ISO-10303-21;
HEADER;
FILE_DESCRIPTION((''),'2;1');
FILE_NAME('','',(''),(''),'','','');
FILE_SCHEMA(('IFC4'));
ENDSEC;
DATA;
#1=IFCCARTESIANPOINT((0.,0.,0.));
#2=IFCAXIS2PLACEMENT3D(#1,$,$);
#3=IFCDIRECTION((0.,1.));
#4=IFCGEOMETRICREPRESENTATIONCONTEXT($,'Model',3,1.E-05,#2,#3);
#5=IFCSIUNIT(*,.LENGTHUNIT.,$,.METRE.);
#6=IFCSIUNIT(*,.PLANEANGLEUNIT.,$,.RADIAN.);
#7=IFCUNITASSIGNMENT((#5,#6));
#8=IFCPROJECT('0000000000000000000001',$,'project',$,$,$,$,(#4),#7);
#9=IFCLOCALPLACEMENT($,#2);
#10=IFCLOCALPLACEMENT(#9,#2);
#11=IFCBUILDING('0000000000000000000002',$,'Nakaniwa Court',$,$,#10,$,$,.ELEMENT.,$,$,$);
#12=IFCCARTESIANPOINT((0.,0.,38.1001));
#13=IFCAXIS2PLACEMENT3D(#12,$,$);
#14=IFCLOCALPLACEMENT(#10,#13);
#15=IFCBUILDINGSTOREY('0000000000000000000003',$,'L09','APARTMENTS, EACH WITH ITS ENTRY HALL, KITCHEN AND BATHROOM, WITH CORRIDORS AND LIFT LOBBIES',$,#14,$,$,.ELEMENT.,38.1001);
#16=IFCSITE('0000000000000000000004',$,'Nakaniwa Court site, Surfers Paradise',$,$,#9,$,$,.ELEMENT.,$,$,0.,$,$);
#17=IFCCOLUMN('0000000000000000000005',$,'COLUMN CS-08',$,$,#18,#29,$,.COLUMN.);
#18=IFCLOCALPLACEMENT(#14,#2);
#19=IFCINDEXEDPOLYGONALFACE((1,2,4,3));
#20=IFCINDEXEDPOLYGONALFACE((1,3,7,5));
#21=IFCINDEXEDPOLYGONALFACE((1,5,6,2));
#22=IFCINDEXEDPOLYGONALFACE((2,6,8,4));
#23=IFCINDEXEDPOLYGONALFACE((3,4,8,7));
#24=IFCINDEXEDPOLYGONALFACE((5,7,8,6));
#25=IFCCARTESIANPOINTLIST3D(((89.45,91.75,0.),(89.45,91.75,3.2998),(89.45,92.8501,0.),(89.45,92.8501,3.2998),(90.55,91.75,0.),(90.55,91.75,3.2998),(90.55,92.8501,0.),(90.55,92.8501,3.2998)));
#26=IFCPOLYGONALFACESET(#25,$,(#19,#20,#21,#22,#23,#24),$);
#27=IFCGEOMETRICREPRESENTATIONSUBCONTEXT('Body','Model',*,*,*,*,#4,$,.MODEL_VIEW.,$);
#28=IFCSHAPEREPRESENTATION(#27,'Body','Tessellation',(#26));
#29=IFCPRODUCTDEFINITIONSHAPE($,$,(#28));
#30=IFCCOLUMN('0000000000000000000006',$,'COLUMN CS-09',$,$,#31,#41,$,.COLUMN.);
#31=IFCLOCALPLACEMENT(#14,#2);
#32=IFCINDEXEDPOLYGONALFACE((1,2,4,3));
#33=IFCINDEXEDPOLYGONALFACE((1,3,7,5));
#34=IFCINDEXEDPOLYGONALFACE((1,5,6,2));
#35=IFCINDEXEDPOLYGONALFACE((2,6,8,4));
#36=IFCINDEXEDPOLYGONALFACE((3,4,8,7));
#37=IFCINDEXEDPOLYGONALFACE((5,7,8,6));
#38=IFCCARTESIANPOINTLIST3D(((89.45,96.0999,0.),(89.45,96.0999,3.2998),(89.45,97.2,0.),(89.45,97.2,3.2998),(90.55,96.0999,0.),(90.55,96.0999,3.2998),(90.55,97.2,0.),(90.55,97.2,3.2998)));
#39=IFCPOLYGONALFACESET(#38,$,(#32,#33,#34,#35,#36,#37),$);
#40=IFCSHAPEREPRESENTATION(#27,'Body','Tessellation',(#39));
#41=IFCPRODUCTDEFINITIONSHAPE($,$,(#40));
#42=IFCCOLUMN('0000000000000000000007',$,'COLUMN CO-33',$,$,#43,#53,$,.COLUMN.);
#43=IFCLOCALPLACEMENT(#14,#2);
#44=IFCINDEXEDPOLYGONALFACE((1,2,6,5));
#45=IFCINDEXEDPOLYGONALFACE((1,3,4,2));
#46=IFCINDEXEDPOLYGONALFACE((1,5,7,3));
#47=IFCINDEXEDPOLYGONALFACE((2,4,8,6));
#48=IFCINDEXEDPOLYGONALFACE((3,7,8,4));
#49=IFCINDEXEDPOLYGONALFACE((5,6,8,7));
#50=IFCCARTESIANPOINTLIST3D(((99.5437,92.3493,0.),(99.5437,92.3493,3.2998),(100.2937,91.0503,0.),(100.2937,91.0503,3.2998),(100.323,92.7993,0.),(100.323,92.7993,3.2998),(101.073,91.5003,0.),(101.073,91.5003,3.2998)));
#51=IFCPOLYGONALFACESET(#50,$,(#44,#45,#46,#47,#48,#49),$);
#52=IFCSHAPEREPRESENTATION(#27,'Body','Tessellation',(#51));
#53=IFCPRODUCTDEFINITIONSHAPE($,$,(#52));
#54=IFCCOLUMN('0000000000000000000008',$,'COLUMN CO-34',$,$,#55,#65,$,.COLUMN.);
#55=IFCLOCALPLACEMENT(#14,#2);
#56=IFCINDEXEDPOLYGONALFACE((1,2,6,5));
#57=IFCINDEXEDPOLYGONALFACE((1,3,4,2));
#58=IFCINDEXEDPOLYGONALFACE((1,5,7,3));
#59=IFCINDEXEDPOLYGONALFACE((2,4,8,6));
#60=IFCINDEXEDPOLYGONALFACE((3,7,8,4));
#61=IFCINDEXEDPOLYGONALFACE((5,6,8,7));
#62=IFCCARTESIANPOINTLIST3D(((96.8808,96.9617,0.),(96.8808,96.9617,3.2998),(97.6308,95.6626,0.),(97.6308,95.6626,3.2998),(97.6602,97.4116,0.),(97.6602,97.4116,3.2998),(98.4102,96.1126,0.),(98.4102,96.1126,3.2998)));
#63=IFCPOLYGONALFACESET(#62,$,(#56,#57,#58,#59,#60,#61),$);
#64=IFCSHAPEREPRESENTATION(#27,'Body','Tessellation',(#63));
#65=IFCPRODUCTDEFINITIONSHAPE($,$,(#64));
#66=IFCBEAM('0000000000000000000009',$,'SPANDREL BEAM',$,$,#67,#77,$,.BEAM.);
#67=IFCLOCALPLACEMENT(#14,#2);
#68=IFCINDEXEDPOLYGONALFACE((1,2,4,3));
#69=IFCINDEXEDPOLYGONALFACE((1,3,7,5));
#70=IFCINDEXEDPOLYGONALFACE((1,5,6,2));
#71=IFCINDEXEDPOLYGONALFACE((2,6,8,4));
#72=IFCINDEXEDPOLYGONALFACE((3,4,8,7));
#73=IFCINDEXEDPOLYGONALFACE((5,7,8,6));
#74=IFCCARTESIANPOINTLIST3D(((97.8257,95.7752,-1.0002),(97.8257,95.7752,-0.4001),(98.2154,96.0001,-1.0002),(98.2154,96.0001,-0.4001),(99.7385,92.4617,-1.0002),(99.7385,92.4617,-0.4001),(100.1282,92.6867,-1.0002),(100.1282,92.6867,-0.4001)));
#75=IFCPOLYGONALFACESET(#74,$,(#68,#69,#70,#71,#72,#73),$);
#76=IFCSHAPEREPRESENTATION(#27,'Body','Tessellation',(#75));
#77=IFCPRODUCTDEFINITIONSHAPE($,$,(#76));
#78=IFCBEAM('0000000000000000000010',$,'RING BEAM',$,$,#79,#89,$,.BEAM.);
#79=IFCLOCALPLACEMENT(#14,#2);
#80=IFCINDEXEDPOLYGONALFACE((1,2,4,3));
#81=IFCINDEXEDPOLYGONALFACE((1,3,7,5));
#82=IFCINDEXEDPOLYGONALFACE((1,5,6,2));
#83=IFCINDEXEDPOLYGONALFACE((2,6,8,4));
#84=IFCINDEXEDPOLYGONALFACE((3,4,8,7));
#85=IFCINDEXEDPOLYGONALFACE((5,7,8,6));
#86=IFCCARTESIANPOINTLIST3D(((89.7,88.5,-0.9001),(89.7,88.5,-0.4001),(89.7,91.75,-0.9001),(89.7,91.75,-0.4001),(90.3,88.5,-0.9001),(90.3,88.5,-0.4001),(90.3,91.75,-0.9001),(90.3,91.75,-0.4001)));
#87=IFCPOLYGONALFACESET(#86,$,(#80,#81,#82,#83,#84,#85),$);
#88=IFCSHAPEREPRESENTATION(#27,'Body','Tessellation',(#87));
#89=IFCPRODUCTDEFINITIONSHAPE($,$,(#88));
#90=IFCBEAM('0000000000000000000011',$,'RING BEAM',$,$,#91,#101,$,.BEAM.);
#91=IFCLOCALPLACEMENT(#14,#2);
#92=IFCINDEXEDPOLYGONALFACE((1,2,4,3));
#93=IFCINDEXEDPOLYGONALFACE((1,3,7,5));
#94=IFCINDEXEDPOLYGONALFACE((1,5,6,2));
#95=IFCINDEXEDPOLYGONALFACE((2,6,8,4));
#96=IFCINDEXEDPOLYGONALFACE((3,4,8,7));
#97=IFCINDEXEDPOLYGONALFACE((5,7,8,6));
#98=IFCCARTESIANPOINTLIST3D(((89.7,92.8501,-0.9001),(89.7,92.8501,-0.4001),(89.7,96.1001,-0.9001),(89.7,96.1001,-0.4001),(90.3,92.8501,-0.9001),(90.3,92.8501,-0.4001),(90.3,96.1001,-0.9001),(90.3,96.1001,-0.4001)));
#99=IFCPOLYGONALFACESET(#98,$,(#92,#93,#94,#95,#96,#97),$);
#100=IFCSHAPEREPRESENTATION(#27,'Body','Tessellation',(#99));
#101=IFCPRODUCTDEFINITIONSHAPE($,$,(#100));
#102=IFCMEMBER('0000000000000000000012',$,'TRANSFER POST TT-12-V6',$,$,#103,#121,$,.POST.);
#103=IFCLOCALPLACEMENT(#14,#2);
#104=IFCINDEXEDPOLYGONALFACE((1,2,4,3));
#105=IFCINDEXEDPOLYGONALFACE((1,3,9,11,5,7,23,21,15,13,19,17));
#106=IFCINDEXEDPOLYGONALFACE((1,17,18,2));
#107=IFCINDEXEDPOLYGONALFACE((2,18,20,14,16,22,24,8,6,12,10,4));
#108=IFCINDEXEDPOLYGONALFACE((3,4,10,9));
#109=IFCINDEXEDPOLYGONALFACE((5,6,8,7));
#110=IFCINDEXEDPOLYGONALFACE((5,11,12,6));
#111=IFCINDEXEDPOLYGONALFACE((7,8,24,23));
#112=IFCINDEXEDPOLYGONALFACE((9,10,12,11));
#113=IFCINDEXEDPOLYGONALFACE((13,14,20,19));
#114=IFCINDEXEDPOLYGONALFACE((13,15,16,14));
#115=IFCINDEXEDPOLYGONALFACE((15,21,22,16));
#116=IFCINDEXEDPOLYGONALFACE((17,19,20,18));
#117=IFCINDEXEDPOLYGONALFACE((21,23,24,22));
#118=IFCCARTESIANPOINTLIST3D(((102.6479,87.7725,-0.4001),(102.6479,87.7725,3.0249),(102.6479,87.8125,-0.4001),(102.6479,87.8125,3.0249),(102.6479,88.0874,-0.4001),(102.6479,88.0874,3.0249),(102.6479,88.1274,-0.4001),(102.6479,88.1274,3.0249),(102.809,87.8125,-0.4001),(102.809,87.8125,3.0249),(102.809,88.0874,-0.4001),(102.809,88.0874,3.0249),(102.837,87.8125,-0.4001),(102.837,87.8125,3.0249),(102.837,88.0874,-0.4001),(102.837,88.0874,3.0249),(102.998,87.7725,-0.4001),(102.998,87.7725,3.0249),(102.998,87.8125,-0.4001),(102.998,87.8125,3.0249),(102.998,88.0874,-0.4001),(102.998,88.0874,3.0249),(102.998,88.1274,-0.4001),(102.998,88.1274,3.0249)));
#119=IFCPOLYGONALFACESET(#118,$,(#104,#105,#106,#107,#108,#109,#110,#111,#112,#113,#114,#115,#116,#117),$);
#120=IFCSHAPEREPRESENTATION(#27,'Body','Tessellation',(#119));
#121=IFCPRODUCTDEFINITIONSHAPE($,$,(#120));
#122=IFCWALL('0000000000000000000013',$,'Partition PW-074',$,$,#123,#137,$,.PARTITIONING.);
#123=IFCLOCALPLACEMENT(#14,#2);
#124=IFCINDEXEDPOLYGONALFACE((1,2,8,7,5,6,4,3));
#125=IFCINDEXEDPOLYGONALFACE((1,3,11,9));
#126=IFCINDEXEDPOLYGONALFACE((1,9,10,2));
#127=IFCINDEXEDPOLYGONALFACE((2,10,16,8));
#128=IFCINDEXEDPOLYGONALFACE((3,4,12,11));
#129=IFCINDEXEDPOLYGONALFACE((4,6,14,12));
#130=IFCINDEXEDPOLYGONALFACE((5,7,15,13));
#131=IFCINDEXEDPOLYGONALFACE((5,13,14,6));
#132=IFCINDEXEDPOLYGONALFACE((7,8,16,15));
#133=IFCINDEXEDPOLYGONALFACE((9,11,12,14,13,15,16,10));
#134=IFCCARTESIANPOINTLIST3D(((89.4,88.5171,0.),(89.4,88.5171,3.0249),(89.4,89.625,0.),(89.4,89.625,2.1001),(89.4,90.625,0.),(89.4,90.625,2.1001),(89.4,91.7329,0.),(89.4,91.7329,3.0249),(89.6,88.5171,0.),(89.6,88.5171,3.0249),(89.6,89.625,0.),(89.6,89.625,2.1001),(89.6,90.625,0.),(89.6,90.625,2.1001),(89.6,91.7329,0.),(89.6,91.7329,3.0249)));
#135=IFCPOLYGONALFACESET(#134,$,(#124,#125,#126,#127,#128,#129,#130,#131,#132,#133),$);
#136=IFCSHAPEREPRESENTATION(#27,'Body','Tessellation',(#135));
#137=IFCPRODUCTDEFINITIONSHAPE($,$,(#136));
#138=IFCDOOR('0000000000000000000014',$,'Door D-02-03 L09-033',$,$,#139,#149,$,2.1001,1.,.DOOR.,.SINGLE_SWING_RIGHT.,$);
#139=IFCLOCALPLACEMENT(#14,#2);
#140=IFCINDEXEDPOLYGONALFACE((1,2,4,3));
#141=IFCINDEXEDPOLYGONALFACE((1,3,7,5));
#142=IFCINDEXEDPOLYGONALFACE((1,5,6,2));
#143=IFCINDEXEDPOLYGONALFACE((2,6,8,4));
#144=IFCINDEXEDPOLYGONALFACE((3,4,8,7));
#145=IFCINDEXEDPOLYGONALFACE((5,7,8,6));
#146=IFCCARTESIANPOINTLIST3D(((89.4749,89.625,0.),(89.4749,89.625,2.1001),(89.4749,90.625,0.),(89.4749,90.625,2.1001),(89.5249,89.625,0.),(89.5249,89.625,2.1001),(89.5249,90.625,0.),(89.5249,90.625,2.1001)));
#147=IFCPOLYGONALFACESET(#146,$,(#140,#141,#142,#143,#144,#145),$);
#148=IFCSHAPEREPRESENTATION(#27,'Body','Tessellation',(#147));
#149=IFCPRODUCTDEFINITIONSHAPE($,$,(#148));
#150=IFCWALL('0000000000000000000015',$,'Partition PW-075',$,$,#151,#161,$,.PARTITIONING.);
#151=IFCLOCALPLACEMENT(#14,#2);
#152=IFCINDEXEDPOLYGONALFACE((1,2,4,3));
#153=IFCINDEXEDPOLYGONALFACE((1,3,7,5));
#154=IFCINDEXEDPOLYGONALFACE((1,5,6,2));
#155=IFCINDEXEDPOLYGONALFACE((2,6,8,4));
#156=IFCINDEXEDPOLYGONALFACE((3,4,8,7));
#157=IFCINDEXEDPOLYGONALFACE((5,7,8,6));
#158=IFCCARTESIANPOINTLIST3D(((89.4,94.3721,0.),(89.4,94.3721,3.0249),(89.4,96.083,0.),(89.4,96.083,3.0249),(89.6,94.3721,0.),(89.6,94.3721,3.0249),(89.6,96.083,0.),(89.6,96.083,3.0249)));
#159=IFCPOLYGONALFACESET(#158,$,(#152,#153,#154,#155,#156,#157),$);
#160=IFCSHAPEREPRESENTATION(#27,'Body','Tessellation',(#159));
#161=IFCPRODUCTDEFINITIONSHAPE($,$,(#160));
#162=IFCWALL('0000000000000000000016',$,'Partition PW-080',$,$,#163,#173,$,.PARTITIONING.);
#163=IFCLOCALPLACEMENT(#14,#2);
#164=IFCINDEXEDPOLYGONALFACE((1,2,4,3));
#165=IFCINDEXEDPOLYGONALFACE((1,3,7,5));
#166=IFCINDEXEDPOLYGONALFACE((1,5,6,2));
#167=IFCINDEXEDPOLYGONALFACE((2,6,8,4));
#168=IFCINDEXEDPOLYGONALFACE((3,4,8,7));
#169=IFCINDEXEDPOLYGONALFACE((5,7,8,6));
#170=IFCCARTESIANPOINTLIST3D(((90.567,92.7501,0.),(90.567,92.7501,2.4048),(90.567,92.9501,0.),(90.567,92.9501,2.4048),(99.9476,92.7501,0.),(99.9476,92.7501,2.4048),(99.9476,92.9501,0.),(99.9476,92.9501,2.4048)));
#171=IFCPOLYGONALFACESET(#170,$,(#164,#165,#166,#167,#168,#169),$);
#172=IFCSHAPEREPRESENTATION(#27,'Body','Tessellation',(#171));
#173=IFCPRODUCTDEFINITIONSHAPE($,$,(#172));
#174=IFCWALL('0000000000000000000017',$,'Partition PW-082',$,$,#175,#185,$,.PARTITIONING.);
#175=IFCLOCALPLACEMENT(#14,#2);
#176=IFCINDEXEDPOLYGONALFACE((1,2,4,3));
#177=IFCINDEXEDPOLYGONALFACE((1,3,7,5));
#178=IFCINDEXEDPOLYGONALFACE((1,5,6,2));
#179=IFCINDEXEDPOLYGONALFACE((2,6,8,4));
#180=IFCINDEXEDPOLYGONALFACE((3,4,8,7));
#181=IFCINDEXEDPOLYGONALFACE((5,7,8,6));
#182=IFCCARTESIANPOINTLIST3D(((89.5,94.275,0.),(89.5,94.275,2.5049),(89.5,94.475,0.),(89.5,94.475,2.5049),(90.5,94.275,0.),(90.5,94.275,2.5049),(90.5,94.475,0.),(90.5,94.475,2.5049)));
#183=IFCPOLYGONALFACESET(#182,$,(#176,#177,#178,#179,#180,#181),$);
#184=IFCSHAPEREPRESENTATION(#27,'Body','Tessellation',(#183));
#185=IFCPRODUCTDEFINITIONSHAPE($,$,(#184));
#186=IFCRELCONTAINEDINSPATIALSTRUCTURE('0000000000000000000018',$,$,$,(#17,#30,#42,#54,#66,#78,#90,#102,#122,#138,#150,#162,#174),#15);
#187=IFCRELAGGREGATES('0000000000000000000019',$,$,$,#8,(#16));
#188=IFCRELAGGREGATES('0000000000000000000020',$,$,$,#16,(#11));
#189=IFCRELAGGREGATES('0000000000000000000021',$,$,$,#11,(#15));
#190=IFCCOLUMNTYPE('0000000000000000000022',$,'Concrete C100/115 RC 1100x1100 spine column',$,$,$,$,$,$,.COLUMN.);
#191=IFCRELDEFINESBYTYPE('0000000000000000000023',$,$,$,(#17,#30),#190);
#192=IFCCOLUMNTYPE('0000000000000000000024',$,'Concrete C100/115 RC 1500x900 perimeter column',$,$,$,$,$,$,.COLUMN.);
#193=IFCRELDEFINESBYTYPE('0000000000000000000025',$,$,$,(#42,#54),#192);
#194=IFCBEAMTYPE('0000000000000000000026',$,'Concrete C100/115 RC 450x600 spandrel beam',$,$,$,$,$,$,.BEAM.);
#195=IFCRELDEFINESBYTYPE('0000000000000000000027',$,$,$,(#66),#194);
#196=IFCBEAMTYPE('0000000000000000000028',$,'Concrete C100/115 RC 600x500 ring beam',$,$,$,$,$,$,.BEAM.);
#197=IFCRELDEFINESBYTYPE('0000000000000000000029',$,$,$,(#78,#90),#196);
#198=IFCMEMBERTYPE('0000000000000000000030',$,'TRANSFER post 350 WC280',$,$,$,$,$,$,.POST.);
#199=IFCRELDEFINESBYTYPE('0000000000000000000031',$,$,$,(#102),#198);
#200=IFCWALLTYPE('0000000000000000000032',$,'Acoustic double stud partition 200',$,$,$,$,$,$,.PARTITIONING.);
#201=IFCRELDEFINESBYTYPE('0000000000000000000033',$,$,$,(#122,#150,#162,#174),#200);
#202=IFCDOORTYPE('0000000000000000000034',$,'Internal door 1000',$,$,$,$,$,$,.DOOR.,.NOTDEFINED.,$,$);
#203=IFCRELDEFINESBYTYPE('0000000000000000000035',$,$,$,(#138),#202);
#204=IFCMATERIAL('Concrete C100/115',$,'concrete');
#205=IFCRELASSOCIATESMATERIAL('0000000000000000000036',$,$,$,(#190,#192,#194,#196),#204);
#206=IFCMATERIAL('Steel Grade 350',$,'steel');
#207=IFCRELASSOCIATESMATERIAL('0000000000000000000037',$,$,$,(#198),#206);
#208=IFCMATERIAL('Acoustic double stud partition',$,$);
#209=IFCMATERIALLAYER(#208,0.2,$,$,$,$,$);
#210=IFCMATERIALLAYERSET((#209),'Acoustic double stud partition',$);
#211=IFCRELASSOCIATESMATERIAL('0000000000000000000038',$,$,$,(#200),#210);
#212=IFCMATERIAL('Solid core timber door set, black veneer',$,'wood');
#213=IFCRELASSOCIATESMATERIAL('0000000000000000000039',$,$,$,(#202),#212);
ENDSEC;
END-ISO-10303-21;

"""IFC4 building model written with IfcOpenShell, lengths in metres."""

from ifc_helpers import new_model, si_unit, direction, frame, frame_2d, origin, origin_2d, place, context, subcontext, project, spatial, rectangle, i_section, extrude, material, layer, layer_set, material_profile, profile_set, type_object, element, fill, save


model = new_model("IFC4")

# Units and contexts
model_context = context("Model", 3, precision=1e-05, world=origin(), true_north=direction((0.0, 1.0)))
body_context = subcontext(model_context, "Body", "Model", "MODEL_VIEW")
ifc_project = project(units=[si_unit("LENGTHUNIT", "METRE"), si_unit("PLANEANGLEUNIT", "RADIAN")], contexts=[model_context])

# Site, building, storey
site_placement = place(None, origin())
site = spatial("IfcSite", under=ifc_project, at=site_placement, Name="Nakaniwa Court site, Surfers Paradise", CompositionType="ELEMENT", RefElevation=0.0)
building_placement = place(site_placement, origin())
building = spatial("IfcBuilding", under=site, at=building_placement, Name="Nakaniwa Court", CompositionType="ELEMENT")
storey_placement = place(building_placement, frame((0.0, 0.0, 38.1001)))
storey = spatial("IfcBuildingStorey", under=building, at=storey_placement, Name="L09", Description="APARTMENTS, EACH WITH ITS ENTRY HALL, KITCHEN AND BATHROOM, WITH CORRIDORS AND LIFT LOBBIES", CompositionType="ELEMENT", Elevation=38.1001)

# Columns
ifc_material_1 = material(Name="Concrete C100/115", Category="concrete")
ifc_material_profile_1 = material_profile(ifc_material_1, rectangle(XDim=1.1001, YDim=1.1001, at=origin_2d()), Name="Concrete C100/115 RC 1100x1100 spine column")
ifc_profile_set_1 = profile_set([ifc_material_profile_1], Name="Concrete C100/115")
column_type_1 = type_object("IfcColumnType", Name="Concrete C100/115 RC 1100x1100 spine column", PredefinedType="COLUMN", material=ifc_profile_set_1)
for number, where, z_axis, x_axis, name in (
    (1, (90.0, 92.3, 0.0), (0.0, 0.0, 1.0), (0.0, 1.0, 0.0), "COLUMN CS-08"),
    (2, (90.0, 96.6499, 0.0), (0.0, 0.0, 1.0), (0.0, 1.0, 0.0), "COLUMN CS-09"),
):
    element("IfcColumn", number, at=place(storey_placement, frame(where, z_axis=z_axis, x_axis=x_axis)), inside=storey, type_object=column_type_1, Name=name, PredefinedType="COLUMN", context=body_context, shape_type="SweptSolid", body=[
        extrude(rectangle(XDim=1.1001, YDim=1.1001, at=origin_2d()), origin(), (0.0, 0.0, 1.0), 3.2998),
    ])
ifc_material_profile_2 = material_profile(ifc_material_1, rectangle(XDim=1.5, YDim=0.8999, at=origin_2d()), Name="Concrete C100/115 RC 1500x900 perimeter column")
ifc_profile_set_2 = profile_set([ifc_material_profile_2], Name="Concrete C100/115")
column_type_2 = type_object("IfcColumnType", Name="Concrete C100/115 RC 1500x900 perimeter column", PredefinedType="COLUMN", material=ifc_profile_set_2)
for number, where, z_axis, x_axis, name in (
    (3, (100.3083, 91.9248, 0.0), (0.0, 0.0, 1.0), (-0.5, 0.866025, 0.0), "COLUMN CO-33"),
    (4, (97.6455, 96.5371, 0.0), (0.0, 0.0, 1.0), (-0.5, 0.866025, 0.0), "COLUMN CO-34"),
):
    element("IfcColumn", number, at=place(storey_placement, frame(where, z_axis=z_axis, x_axis=x_axis)), inside=storey, type_object=column_type_2, Name=name, PredefinedType="COLUMN", context=body_context, shape_type="SweptSolid", body=[
        extrude(rectangle(XDim=1.5, YDim=0.8999, at=origin_2d()), origin(), (0.0, 0.0, 1.0), 3.2998),
    ])

# Beams
ifc_material_profile_3 = material_profile(ifc_material_1, rectangle(XDim=0.45, YDim=0.6001, at=origin_2d()), Name="Concrete C100/115 RC 450x600 spandrel beam")
ifc_profile_set_3 = profile_set([ifc_material_profile_3], Name="Concrete C100/115")
beam_type_1 = type_object("IfcBeamType", Name="Concrete C100/115 RC 450x600 spandrel beam", PredefinedType="BEAM", material=ifc_profile_set_3)
beam_placement = place(storey_placement, frame((99.9333, 92.5742, -0.7002), z_axis=(-0.499962, 0.866047, 0.0), x_axis=(-0.866047, -0.499962, 0.0)))
element("IfcBeam", 5, at=beam_placement, inside=storey, type_object=beam_type_1, Name="SPANDREL BEAM", PredefinedType="BEAM", context=body_context, shape_type="SweptSolid", body=[
    extrude(rectangle(XDim=0.45, YDim=0.6001, at=origin_2d()), origin(), (0.0, 0.0, 1.0), 3.8259),
])
ifc_material_profile_4 = material_profile(ifc_material_1, rectangle(XDim=0.6001, YDim=0.5, at=origin_2d()), Name="Concrete C100/115 RC 600x500 ring beam")
ifc_profile_set_4 = profile_set([ifc_material_profile_4], Name="Concrete C100/115")
beam_type_2 = type_object("IfcBeamType", Name="Concrete C100/115 RC 600x500 ring beam", PredefinedType="BEAM", material=ifc_profile_set_4)
for number, where, z_axis, x_axis, name in (
    (6, (90.0, 88.5, -0.6501), (0.0, 1.0, 0.0), (-1.0, 0.0, 0.0), "RING BEAM"),
    (7, (90.0, 92.8501, -0.6501), (0.0, 1.0, 0.0), (-1.0, 0.0, 0.0), "RING BEAM"),
):
    element("IfcBeam", number, at=place(storey_placement, frame(where, z_axis=z_axis, x_axis=x_axis)), inside=storey, type_object=beam_type_2, Name=name, PredefinedType="BEAM", context=body_context, shape_type="SweptSolid", body=[
        extrude(rectangle(XDim=0.6001, YDim=0.5, at=origin_2d()), origin(), (0.0, 0.0, 1.0), 3.25),
    ])

# Member
ifc_material_2 = material(Name="Steel Grade 350", Category="steel")
ifc_material_profile_5 = material_profile(ifc_material_2, i_section(OverallWidth=0.3501, OverallDepth=0.355, WebThickness=0.0281, FlangeThickness=0.04, at=origin_2d()), Name="350WC280")
ifc_profile_set_5 = profile_set([ifc_material_profile_5], Name="Steel Grade 350")
member_type = type_object("IfcMemberType", Name="TRANSFER post 350 WC280", PredefinedType="POST", material=ifc_profile_set_5)
member_placement = place(storey_placement, frame((102.823, 87.95, -0.4001), z_axis=(0.0, 0.0, 1.0), x_axis=(1.0, 0.0, 0.0)))
element("IfcMember", 8, at=member_placement, inside=storey, type_object=member_type, Name="TRANSFER POST TT-12-V6", PredefinedType="POST", context=body_context, shape_type="SweptSolid", body=[
    extrude(i_section(OverallWidth=0.3501, OverallDepth=0.355, WebThickness=0.0281, FlangeThickness=0.04, at=origin_2d()), origin(), (0.0, 0.0, 1.0), 3.425),
])

# Wall, opening, door
ifc_material_3 = material(Name="Acoustic double stud partition")
ifc_layer_1 = layer(ifc_material_3, 0.2)
ifc_layer_set_1 = layer_set([ifc_layer_1], Name="Acoustic double stud partition")
wall_type_1 = type_object("IfcWallType", Name="Acoustic double stud partition 200", PredefinedType="PARTITIONING", material=ifc_layer_set_1)
wall_1_placement = place(storey_placement, frame((89.5, 91.7329, 0.0), z_axis=(0.0, 0.0, 1.0), x_axis=(0.0, -1.0, 0.0)))
wall_1 = element("IfcWall", 9, at=wall_1_placement, inside=storey, type_object=wall_type_1, Name="Partition PW-074", PredefinedType="PARTITIONING", context=body_context, shape_type="SweptSolid", body=[
    extrude(rectangle(XDim=3.2158, YDim=0.2, at=frame_2d((1.6079, 0.0))), origin(), (0.0, 0.0, 1.0), 3.0249),
])
opening_1_placement = place(wall_1_placement, frame((1.1079, 0.0, 0.0)))
opening_1 = element("IfcOpeningElement", 10, at=opening_1_placement, cuts=wall_1, PredefinedType="OPENING", context=body_context, shape_type="SweptSolid", body=[
    extrude(rectangle(XDim=1.0, YDim=2.1001, at=frame_2d((0.5, 1.05))), frame((0.0, 0.1099, 0.0), z_axis=(0.0, -1.0, 0.0), x_axis=(1.0, 0.0, 0.0)), (0.0, 0.0, 1.0), 0.22),
])
ifc_material_4 = material(Name="Solid core timber door set, black veneer", Category="wood")
door_type = type_object("IfcDoorType", Name="Internal door 1000", OperationType="NOTDEFINED", PredefinedType="DOOR", material=ifc_material_4)
door_placement = place(opening_1_placement, origin())
door = element("IfcDoor", 11, at=door_placement, inside=storey, type_object=door_type, Name="Door D-02-03 L09-033", OperationType="SINGLE_SWING_RIGHT", OverallHeight=2.1001, OverallWidth=1.0, PredefinedType="DOOR", context=body_context, shape_type="SweptSolid", body=[
    extrude(rectangle(XDim=1.0, YDim=2.1001, at=frame_2d((0.5, 1.05))), frame((0.0, 0.0249, 0.0), z_axis=(0.0, -1.0, 0.0), x_axis=(1.0, 0.0, 0.0)), (0.0, 0.0, 1.0), 0.05),
])
fill(opening_1, door)

# Walls
wall_2_placement = place(storey_placement, frame((89.5, 94.3721, 0.0), z_axis=(0.0, 0.0, 1.0), x_axis=(0.0, 1.0, 0.0)))
element("IfcWall", 12, at=wall_2_placement, inside=storey, type_object=wall_type_1, Name="Partition PW-075", PredefinedType="PARTITIONING", context=body_context, shape_type="SweptSolid", body=[
    extrude(rectangle(XDim=1.7109, YDim=0.2, at=frame_2d((0.8555, 0.0))), origin(), (0.0, 0.0, 1.0), 3.0249),
])
wall_3_placement = place(storey_placement, frame((90.5669, 92.8501, 0.0), z_axis=(0.0, 0.0, 1.0), x_axis=(1.0, 0.0, 0.0)))
element("IfcWall", 13, at=wall_3_placement, inside=storey, type_object=wall_type_1, Name="Partition PW-080", PredefinedType="PARTITIONING", context=body_context, shape_type="SweptSolid", body=[
    extrude(rectangle(XDim=9.3806, YDim=0.2, at=frame_2d((4.6904, 0.0))), origin(), (0.0, 0.0, 1.0), 2.4048),
])
wall_4_placement = place(storey_placement, frame((89.5, 94.375, 0.0), z_axis=(0.0, 0.0, 1.0), x_axis=(1.0, 0.0, 0.0)))
element("IfcWall", 14, at=wall_4_placement, inside=storey, type_object=wall_type_1, Name="Partition PW-082", PredefinedType="PARTITIONING", context=body_context, shape_type="SweptSolid", body=[
    extrude(rectangle(XDim=1.0, YDim=0.2, at=frame_2d((0.5, 0.0))), origin(), (0.0, 0.0, 1.0), 2.5049),
])

save(model, "model.ifc")
